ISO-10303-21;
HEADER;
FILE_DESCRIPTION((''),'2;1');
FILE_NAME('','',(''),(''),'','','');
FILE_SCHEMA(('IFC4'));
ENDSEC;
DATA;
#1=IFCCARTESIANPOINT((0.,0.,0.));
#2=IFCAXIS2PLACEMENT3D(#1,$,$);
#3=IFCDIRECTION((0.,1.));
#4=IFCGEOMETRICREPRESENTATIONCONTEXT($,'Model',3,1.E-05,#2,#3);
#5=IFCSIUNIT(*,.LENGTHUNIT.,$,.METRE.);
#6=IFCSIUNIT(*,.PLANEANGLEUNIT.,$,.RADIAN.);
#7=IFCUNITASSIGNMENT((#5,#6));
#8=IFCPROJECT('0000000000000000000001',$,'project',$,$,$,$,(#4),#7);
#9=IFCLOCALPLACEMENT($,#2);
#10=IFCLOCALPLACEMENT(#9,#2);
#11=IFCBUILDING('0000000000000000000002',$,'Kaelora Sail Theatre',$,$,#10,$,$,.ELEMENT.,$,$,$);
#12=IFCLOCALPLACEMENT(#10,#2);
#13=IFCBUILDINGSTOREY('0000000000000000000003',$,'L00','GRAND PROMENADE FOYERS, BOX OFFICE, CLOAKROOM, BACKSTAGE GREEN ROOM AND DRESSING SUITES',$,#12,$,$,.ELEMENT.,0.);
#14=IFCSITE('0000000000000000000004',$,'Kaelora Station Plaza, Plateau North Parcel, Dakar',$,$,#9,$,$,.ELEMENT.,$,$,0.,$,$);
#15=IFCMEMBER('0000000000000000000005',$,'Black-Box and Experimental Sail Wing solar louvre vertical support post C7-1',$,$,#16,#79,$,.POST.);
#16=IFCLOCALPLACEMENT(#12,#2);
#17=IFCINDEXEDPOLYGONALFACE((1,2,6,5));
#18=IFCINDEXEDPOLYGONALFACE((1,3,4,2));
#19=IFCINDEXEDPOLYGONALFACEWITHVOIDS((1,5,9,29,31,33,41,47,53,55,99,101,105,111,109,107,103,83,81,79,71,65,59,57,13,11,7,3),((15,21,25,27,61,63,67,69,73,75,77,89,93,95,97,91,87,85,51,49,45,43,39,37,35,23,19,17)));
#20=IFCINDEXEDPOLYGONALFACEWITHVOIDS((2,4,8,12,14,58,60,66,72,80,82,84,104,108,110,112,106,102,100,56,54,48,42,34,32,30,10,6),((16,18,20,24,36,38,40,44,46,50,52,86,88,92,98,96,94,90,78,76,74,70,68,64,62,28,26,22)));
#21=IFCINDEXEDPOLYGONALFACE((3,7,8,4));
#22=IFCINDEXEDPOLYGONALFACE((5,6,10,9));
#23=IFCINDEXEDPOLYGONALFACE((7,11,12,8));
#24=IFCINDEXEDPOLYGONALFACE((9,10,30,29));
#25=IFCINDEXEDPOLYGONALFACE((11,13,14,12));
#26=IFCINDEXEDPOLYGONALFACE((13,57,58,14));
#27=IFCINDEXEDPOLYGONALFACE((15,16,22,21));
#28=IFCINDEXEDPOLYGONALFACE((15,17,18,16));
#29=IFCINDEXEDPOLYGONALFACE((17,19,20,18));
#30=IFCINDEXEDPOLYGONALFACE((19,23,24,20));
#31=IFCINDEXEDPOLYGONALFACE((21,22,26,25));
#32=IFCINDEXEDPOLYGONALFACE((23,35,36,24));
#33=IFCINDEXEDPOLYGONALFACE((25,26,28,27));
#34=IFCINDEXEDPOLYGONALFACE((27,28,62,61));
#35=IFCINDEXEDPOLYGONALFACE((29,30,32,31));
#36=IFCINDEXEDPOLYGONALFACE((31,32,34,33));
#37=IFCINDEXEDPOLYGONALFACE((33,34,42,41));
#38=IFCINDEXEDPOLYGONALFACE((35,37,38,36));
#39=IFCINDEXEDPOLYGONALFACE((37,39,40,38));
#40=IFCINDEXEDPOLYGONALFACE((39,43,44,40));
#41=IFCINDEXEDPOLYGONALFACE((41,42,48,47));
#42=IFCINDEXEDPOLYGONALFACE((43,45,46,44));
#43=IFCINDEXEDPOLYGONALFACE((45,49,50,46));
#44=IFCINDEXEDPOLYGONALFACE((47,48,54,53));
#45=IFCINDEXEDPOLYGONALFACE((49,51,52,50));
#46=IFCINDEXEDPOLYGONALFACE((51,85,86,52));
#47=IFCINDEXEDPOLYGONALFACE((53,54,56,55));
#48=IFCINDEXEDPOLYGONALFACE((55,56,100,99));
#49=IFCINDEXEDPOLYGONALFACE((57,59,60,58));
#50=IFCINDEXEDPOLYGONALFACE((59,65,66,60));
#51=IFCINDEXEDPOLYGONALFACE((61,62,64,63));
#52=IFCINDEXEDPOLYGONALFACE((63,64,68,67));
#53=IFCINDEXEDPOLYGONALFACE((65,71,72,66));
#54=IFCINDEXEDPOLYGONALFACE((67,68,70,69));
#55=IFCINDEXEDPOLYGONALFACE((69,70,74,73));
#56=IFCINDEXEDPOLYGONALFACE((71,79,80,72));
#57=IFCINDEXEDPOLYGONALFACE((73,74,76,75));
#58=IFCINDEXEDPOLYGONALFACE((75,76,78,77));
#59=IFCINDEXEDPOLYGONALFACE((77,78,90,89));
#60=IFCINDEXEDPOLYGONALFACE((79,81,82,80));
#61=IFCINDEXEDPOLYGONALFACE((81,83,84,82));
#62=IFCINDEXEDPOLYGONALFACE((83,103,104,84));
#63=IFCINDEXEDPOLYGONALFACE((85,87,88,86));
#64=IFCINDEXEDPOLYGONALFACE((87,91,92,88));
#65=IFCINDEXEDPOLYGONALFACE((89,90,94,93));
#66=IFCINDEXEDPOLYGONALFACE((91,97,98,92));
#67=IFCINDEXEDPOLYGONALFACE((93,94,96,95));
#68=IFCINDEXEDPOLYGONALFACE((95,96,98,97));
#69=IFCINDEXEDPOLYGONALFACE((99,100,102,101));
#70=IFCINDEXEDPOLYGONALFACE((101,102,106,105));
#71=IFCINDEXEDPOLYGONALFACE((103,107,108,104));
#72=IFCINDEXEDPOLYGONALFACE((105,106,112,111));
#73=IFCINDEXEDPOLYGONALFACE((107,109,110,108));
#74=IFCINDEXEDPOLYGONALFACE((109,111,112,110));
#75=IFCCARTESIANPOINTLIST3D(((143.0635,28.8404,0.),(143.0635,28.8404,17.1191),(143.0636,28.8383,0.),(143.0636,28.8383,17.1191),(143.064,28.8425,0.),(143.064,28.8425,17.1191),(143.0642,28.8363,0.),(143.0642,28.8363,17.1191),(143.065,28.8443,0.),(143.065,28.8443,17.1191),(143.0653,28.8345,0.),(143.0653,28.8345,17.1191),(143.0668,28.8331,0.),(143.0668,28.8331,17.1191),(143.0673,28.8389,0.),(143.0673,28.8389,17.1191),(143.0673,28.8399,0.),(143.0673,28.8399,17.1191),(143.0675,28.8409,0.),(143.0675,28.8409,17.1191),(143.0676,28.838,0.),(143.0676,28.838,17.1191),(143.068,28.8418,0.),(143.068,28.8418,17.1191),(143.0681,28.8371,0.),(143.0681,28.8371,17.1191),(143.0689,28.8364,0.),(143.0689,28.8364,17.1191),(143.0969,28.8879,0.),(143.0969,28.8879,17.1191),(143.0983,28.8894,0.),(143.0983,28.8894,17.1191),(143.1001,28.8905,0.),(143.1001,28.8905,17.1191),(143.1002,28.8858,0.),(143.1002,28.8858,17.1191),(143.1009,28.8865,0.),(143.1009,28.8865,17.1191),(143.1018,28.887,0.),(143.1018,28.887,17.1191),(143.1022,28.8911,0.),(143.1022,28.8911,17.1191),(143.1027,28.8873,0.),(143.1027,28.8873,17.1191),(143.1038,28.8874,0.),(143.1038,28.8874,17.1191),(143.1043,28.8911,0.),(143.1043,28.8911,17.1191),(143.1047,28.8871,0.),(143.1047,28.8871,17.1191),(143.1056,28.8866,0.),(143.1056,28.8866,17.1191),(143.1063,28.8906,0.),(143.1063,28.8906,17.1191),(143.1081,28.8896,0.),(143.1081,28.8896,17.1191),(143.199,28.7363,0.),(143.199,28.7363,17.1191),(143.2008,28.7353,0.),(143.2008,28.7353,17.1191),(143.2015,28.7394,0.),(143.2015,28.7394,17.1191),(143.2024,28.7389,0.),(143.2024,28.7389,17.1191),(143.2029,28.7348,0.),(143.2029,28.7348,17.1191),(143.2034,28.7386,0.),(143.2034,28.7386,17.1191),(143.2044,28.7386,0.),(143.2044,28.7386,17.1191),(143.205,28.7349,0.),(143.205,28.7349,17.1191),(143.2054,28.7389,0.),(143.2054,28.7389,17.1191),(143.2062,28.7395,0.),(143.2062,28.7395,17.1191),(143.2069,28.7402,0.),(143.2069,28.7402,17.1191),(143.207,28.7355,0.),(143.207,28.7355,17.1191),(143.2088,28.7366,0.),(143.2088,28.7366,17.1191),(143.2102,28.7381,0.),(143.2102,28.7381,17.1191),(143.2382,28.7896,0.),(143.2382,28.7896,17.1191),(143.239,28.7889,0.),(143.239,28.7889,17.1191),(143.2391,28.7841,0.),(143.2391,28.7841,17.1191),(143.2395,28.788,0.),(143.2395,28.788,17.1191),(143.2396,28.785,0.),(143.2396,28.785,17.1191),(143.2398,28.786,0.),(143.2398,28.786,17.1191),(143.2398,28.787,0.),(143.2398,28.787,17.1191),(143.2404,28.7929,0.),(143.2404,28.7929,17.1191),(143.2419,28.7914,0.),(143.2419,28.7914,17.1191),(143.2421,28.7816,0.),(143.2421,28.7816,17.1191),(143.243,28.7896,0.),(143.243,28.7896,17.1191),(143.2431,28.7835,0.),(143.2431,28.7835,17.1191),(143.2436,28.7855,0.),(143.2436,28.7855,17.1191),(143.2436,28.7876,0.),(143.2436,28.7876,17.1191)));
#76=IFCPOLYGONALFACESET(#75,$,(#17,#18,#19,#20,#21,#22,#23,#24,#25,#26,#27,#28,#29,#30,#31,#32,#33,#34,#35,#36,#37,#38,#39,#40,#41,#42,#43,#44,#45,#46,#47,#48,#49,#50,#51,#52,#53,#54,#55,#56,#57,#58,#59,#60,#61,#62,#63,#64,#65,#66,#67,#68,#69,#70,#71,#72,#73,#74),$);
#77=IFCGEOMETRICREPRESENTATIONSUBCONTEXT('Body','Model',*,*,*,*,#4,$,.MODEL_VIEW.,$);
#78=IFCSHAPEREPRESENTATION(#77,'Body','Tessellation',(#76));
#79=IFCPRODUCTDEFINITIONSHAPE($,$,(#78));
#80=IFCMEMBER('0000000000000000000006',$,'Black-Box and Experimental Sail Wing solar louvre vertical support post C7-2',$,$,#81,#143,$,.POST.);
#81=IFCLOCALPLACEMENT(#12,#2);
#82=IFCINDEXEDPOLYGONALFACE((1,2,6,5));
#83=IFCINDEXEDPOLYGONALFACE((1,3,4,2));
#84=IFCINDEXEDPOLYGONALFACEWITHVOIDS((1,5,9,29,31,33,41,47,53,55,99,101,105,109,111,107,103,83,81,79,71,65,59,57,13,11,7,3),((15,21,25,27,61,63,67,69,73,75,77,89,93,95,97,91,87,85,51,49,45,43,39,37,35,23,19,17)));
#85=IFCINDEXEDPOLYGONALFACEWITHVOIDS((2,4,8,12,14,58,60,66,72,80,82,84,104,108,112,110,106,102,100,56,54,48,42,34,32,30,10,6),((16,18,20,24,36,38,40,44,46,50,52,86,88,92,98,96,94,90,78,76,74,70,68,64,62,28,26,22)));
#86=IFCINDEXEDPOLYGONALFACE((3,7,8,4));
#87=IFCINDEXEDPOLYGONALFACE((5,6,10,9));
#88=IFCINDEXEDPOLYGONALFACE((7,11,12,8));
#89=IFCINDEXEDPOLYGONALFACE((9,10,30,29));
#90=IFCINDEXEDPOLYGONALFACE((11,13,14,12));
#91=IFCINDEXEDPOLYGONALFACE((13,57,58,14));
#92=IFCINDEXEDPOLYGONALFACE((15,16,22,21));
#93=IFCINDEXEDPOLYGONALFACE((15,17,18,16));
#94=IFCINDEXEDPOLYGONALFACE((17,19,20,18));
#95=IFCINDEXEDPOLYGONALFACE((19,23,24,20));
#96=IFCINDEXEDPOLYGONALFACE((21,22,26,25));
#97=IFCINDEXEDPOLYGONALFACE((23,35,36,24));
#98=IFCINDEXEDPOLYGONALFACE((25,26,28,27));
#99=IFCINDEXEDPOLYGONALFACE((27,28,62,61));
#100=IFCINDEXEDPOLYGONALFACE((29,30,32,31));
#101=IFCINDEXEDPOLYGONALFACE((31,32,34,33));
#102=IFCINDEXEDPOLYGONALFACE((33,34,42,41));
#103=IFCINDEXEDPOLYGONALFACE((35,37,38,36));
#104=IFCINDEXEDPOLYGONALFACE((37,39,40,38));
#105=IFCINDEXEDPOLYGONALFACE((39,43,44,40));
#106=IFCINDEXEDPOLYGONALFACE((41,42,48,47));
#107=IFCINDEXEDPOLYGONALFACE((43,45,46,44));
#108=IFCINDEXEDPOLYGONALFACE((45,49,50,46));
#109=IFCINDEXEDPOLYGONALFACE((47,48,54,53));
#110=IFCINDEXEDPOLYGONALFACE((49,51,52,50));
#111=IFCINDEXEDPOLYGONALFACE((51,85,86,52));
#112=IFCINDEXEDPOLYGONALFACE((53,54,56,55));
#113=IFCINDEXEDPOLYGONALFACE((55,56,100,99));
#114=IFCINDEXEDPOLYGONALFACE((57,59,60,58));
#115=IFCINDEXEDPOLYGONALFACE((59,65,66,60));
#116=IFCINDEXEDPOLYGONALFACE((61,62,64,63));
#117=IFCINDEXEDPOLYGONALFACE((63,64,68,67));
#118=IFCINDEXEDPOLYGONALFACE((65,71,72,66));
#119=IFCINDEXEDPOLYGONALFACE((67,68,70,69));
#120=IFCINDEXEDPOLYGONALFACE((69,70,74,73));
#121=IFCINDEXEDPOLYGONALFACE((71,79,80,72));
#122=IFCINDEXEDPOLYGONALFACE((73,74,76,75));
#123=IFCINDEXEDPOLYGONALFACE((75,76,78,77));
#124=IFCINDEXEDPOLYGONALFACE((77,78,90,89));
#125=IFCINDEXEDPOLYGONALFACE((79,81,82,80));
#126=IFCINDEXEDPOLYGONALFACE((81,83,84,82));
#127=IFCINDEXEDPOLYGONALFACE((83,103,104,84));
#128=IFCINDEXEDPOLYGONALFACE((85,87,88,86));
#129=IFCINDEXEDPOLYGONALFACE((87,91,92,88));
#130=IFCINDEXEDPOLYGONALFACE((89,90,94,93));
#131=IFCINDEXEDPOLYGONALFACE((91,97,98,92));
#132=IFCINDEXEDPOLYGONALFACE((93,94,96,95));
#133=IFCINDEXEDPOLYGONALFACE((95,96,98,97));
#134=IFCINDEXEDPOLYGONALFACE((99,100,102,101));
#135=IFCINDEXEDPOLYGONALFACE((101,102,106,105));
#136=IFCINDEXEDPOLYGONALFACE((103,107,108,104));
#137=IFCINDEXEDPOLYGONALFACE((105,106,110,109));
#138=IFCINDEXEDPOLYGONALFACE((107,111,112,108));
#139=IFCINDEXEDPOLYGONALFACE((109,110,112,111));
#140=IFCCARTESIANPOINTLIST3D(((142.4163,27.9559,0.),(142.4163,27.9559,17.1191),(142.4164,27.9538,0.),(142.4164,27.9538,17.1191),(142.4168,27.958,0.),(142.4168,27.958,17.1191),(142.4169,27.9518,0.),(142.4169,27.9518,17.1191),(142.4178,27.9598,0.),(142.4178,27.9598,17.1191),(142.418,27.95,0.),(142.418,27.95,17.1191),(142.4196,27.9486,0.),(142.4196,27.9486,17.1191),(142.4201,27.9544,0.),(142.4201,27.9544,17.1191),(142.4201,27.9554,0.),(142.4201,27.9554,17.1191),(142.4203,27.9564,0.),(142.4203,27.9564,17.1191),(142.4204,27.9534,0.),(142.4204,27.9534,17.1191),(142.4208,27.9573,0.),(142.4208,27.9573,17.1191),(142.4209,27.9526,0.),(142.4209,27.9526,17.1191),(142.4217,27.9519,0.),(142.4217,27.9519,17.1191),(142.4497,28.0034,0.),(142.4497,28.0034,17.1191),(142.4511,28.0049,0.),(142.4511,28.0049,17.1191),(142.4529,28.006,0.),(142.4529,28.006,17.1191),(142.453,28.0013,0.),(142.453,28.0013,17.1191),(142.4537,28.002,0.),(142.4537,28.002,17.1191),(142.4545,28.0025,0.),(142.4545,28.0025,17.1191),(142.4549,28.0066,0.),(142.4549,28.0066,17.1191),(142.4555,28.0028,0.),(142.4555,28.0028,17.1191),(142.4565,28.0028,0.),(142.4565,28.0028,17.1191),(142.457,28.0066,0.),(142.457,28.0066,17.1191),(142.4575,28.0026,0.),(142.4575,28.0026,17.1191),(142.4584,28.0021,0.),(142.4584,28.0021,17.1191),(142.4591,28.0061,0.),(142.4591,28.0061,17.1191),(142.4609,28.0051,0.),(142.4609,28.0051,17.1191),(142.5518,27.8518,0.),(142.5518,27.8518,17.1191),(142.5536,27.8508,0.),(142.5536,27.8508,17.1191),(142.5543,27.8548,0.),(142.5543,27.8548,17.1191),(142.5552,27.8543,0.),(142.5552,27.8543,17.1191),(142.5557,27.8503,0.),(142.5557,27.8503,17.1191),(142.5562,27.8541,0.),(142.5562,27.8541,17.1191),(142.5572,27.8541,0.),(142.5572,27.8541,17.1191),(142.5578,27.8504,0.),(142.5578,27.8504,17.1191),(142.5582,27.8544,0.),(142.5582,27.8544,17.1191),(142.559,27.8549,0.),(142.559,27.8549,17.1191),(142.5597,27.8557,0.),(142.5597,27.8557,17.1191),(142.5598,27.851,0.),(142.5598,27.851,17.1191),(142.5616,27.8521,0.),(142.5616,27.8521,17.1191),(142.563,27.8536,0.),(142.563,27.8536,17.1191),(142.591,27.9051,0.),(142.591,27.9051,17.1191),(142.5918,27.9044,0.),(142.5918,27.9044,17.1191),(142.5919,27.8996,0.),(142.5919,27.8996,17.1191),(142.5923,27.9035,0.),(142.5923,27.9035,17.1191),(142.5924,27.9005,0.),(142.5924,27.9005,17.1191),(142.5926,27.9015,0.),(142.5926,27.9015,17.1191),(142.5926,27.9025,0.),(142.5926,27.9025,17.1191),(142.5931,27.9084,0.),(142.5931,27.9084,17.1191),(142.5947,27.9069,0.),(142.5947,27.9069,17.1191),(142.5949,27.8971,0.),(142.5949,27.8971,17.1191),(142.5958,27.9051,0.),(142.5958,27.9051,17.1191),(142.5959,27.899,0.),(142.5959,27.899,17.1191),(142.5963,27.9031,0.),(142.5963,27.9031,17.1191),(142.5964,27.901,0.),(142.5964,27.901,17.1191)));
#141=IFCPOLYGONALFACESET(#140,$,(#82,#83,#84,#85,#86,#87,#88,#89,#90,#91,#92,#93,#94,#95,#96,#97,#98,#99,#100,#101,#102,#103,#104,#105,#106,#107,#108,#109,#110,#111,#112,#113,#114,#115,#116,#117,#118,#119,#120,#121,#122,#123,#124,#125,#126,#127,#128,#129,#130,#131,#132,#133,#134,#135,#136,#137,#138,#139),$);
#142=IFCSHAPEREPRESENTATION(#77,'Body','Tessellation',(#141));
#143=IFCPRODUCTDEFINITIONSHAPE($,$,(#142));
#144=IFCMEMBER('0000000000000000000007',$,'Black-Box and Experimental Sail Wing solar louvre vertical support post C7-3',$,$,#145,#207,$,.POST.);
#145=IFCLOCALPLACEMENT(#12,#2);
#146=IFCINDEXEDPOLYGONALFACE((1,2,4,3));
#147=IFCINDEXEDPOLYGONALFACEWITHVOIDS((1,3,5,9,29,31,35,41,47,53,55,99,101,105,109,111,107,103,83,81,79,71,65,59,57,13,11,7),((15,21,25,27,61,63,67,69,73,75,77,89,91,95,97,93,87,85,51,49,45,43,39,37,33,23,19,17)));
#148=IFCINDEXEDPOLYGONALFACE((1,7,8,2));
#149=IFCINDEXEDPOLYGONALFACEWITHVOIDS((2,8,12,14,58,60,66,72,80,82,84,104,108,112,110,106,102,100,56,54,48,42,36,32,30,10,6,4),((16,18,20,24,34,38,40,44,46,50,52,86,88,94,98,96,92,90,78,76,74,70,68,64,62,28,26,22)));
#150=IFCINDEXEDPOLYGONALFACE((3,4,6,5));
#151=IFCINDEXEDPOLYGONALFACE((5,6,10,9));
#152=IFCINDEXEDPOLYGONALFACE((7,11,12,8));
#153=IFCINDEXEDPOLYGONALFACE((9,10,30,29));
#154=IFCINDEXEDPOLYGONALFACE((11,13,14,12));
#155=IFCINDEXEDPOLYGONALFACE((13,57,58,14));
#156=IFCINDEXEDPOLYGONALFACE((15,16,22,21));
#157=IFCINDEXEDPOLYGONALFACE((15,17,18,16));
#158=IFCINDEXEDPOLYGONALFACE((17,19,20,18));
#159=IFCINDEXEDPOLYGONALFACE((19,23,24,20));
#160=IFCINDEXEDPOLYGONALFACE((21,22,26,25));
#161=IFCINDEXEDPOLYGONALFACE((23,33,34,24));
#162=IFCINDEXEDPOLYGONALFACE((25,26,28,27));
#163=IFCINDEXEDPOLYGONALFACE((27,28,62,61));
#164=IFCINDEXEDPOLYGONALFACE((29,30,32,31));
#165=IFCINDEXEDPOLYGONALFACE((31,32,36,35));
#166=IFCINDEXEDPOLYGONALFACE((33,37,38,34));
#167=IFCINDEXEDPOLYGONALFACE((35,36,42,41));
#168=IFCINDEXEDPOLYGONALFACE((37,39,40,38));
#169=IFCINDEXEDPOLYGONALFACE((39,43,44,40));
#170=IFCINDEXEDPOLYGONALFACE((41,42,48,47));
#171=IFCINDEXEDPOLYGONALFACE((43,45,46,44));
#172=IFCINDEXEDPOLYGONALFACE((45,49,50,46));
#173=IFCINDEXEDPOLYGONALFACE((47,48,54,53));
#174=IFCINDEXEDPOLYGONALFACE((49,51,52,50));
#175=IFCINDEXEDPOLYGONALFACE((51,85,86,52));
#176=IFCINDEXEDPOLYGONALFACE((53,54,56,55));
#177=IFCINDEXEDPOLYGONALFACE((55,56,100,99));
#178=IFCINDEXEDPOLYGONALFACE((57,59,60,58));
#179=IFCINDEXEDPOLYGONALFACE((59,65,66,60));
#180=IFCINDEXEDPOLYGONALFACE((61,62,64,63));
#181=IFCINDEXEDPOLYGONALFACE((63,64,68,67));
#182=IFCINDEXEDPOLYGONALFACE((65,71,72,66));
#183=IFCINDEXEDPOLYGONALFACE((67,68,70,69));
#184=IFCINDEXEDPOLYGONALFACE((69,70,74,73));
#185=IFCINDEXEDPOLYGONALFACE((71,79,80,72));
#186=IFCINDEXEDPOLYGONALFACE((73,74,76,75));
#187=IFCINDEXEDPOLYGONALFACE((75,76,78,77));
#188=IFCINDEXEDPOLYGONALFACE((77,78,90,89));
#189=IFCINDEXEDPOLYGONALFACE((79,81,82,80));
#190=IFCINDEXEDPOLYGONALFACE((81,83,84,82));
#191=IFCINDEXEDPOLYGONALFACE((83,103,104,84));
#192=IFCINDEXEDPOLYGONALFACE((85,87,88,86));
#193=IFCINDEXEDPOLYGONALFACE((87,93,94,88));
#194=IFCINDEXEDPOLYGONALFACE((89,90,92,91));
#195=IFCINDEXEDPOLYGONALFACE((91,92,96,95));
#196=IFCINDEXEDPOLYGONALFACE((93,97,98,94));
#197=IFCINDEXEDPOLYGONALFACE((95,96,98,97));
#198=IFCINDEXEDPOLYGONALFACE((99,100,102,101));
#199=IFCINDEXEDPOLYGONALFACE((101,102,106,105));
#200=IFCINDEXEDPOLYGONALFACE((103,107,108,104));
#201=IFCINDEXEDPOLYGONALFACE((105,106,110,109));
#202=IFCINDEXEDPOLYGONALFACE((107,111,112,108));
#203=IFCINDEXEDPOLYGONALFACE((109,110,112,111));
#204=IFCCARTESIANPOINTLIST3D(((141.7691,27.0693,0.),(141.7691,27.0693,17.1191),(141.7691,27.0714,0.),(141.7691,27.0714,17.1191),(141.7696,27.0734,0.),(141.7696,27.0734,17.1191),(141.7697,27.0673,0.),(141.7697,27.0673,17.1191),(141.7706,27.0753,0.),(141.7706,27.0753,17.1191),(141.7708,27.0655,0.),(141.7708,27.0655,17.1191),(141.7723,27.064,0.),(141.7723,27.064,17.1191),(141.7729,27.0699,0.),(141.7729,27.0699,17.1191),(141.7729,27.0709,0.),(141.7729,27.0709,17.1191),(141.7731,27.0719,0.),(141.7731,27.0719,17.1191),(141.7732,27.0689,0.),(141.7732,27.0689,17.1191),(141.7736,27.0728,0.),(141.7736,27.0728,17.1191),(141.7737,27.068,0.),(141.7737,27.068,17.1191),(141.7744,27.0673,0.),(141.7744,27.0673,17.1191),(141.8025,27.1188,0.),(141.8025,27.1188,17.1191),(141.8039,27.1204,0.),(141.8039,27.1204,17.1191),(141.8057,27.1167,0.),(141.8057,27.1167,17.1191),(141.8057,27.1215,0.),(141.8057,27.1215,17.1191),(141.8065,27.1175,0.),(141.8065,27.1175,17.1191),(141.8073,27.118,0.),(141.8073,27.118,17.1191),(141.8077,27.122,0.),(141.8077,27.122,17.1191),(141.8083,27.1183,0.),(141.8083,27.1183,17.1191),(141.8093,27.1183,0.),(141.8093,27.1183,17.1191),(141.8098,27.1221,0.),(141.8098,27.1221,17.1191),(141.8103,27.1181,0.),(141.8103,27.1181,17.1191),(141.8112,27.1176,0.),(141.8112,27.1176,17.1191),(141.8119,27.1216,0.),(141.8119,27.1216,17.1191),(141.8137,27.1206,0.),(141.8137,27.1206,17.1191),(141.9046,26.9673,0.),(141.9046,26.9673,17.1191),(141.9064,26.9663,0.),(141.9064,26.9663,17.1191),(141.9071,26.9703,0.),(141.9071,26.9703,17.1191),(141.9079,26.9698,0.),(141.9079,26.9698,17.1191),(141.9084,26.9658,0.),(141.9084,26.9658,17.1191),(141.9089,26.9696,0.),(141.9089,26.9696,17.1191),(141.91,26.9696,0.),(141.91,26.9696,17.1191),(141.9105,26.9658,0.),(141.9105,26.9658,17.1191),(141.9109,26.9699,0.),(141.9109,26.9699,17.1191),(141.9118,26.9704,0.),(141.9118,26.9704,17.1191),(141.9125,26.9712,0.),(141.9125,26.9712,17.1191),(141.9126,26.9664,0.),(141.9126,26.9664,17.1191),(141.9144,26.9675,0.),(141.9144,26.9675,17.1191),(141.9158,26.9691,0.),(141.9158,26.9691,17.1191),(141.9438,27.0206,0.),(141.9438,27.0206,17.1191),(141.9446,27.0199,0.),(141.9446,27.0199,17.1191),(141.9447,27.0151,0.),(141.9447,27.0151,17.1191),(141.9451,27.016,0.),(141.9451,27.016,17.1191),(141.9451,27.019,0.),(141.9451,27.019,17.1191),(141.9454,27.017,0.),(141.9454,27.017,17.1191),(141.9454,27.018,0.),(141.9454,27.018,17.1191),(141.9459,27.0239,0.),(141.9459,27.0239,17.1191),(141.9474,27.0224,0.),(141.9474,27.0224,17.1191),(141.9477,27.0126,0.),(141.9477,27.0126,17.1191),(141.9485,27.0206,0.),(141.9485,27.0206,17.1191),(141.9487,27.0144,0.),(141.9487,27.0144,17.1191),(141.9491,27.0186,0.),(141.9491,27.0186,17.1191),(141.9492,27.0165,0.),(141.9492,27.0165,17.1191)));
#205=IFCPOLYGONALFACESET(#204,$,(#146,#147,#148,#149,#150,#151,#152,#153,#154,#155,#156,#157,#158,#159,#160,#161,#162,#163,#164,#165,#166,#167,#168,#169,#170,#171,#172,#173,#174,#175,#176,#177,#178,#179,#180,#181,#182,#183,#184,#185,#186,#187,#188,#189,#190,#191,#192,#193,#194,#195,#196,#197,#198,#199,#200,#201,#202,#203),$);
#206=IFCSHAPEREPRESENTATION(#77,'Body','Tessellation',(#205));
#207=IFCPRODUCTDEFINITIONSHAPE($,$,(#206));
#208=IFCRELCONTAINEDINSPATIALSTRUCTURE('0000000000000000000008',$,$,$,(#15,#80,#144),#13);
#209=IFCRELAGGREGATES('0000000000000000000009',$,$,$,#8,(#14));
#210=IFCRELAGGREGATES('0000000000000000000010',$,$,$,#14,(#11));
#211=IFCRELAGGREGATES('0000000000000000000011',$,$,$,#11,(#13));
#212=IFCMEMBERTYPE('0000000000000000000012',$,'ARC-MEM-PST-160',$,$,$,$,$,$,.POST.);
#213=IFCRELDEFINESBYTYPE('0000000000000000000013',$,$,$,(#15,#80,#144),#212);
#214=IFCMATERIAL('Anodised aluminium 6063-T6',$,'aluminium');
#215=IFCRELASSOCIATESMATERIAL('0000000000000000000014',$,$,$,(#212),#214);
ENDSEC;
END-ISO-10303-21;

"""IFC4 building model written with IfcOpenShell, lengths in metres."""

from ifc_helpers import new_model, si_unit, direction, frame, origin, origin_2d, place, context, subcontext, project, spatial, hollow_rectangle, extrude, material, material_profile, profile_set, type_object, element, save


model = new_model("IFC4")

# Units and contexts
model_context = context("Model", 3, precision=1e-05, world=origin(), true_north=direction((0.0, 1.0)))
body_context = subcontext(model_context, "Body", "Model", "MODEL_VIEW")
ifc_project = project(units=[si_unit("LENGTHUNIT", "METRE"), si_unit("PLANEANGLEUNIT", "RADIAN")], contexts=[model_context])

# Site, building, storey
site_placement = place(None, origin())
site = spatial("IfcSite", under=ifc_project, at=site_placement, Name="Kaelora Station Plaza, Plateau North Parcel, Dakar", CompositionType="ELEMENT", RefElevation=0.0)
building_placement = place(site_placement, origin())
building = spatial("IfcBuilding", under=site, at=building_placement, Name="Kaelora Sail Theatre", CompositionType="ELEMENT")
storey_placement = place(building_placement, origin())
storey = spatial("IfcBuildingStorey", under=building, at=storey_placement, Name="L00", Description="GRAND PROMENADE FOYERS, BOX OFFICE, CLOAKROOM, BACKSTAGE GREEN ROOM AND DRESSING SUITES", CompositionType="ELEMENT", Elevation=0.0)

# Members
ifc_material_1 = material(Name="Anodised aluminium 6063-T6", Category="aluminium")
ifc_material_profile_1 = material_profile(ifc_material_1, hollow_rectangle(XDim=0.0701, YDim=0.1799, WallThickness=0.0039, InnerFilletRadius=0.0039, OuterFilletRadius=0.0081, at=origin_2d()), Name="ALU-MULL 70x180x4")
ifc_profile_set_1 = profile_set([ifc_material_profile_1], Name="Anodised aluminium 6063-T6")
member_type_1 = type_object("IfcMemberType", Name="ARC-MEM-PST-160", PredefinedType="POST", material=ifc_profile_set_1)
for number, where, z_axis, x_axis, name in (
    (1, (143.1536, 28.813, 0.0), (0.0, 0.0, 1.0), (-0.590465, -0.807063, 0.0), "Black-Box and Experimental Sail Wing solar louvre vertical support post C7-1"),
    (2, (142.5063, 27.9285, 0.0), (0.0, 0.0, 1.0), (-0.590465, -0.807063, 0.0), "Black-Box and Experimental Sail Wing solar louvre vertical support post C7-2"),
    (3, (141.8591, 27.0439, 0.0), (0.0, 0.0, 1.0), (-0.590465, -0.807063, 0.0), "Black-Box and Experimental Sail Wing solar louvre vertical support post C7-3"),
):
    element("IfcMember", number, at=place(storey_placement, frame(where, z_axis=z_axis, x_axis=x_axis)), inside=storey, type_object=member_type_1, Name=name, PredefinedType="POST", context=body_context, shape_type="SweptSolid", body=[
        extrude(hollow_rectangle(XDim=0.0701, YDim=0.1799, WallThickness=0.0039, InnerFilletRadius=0.0039, OuterFilletRadius=0.0081, at=origin_2d()), origin(), (0.0, 0.0, 1.0), 17.1191),
    ])

save(model, "model.ifc")
